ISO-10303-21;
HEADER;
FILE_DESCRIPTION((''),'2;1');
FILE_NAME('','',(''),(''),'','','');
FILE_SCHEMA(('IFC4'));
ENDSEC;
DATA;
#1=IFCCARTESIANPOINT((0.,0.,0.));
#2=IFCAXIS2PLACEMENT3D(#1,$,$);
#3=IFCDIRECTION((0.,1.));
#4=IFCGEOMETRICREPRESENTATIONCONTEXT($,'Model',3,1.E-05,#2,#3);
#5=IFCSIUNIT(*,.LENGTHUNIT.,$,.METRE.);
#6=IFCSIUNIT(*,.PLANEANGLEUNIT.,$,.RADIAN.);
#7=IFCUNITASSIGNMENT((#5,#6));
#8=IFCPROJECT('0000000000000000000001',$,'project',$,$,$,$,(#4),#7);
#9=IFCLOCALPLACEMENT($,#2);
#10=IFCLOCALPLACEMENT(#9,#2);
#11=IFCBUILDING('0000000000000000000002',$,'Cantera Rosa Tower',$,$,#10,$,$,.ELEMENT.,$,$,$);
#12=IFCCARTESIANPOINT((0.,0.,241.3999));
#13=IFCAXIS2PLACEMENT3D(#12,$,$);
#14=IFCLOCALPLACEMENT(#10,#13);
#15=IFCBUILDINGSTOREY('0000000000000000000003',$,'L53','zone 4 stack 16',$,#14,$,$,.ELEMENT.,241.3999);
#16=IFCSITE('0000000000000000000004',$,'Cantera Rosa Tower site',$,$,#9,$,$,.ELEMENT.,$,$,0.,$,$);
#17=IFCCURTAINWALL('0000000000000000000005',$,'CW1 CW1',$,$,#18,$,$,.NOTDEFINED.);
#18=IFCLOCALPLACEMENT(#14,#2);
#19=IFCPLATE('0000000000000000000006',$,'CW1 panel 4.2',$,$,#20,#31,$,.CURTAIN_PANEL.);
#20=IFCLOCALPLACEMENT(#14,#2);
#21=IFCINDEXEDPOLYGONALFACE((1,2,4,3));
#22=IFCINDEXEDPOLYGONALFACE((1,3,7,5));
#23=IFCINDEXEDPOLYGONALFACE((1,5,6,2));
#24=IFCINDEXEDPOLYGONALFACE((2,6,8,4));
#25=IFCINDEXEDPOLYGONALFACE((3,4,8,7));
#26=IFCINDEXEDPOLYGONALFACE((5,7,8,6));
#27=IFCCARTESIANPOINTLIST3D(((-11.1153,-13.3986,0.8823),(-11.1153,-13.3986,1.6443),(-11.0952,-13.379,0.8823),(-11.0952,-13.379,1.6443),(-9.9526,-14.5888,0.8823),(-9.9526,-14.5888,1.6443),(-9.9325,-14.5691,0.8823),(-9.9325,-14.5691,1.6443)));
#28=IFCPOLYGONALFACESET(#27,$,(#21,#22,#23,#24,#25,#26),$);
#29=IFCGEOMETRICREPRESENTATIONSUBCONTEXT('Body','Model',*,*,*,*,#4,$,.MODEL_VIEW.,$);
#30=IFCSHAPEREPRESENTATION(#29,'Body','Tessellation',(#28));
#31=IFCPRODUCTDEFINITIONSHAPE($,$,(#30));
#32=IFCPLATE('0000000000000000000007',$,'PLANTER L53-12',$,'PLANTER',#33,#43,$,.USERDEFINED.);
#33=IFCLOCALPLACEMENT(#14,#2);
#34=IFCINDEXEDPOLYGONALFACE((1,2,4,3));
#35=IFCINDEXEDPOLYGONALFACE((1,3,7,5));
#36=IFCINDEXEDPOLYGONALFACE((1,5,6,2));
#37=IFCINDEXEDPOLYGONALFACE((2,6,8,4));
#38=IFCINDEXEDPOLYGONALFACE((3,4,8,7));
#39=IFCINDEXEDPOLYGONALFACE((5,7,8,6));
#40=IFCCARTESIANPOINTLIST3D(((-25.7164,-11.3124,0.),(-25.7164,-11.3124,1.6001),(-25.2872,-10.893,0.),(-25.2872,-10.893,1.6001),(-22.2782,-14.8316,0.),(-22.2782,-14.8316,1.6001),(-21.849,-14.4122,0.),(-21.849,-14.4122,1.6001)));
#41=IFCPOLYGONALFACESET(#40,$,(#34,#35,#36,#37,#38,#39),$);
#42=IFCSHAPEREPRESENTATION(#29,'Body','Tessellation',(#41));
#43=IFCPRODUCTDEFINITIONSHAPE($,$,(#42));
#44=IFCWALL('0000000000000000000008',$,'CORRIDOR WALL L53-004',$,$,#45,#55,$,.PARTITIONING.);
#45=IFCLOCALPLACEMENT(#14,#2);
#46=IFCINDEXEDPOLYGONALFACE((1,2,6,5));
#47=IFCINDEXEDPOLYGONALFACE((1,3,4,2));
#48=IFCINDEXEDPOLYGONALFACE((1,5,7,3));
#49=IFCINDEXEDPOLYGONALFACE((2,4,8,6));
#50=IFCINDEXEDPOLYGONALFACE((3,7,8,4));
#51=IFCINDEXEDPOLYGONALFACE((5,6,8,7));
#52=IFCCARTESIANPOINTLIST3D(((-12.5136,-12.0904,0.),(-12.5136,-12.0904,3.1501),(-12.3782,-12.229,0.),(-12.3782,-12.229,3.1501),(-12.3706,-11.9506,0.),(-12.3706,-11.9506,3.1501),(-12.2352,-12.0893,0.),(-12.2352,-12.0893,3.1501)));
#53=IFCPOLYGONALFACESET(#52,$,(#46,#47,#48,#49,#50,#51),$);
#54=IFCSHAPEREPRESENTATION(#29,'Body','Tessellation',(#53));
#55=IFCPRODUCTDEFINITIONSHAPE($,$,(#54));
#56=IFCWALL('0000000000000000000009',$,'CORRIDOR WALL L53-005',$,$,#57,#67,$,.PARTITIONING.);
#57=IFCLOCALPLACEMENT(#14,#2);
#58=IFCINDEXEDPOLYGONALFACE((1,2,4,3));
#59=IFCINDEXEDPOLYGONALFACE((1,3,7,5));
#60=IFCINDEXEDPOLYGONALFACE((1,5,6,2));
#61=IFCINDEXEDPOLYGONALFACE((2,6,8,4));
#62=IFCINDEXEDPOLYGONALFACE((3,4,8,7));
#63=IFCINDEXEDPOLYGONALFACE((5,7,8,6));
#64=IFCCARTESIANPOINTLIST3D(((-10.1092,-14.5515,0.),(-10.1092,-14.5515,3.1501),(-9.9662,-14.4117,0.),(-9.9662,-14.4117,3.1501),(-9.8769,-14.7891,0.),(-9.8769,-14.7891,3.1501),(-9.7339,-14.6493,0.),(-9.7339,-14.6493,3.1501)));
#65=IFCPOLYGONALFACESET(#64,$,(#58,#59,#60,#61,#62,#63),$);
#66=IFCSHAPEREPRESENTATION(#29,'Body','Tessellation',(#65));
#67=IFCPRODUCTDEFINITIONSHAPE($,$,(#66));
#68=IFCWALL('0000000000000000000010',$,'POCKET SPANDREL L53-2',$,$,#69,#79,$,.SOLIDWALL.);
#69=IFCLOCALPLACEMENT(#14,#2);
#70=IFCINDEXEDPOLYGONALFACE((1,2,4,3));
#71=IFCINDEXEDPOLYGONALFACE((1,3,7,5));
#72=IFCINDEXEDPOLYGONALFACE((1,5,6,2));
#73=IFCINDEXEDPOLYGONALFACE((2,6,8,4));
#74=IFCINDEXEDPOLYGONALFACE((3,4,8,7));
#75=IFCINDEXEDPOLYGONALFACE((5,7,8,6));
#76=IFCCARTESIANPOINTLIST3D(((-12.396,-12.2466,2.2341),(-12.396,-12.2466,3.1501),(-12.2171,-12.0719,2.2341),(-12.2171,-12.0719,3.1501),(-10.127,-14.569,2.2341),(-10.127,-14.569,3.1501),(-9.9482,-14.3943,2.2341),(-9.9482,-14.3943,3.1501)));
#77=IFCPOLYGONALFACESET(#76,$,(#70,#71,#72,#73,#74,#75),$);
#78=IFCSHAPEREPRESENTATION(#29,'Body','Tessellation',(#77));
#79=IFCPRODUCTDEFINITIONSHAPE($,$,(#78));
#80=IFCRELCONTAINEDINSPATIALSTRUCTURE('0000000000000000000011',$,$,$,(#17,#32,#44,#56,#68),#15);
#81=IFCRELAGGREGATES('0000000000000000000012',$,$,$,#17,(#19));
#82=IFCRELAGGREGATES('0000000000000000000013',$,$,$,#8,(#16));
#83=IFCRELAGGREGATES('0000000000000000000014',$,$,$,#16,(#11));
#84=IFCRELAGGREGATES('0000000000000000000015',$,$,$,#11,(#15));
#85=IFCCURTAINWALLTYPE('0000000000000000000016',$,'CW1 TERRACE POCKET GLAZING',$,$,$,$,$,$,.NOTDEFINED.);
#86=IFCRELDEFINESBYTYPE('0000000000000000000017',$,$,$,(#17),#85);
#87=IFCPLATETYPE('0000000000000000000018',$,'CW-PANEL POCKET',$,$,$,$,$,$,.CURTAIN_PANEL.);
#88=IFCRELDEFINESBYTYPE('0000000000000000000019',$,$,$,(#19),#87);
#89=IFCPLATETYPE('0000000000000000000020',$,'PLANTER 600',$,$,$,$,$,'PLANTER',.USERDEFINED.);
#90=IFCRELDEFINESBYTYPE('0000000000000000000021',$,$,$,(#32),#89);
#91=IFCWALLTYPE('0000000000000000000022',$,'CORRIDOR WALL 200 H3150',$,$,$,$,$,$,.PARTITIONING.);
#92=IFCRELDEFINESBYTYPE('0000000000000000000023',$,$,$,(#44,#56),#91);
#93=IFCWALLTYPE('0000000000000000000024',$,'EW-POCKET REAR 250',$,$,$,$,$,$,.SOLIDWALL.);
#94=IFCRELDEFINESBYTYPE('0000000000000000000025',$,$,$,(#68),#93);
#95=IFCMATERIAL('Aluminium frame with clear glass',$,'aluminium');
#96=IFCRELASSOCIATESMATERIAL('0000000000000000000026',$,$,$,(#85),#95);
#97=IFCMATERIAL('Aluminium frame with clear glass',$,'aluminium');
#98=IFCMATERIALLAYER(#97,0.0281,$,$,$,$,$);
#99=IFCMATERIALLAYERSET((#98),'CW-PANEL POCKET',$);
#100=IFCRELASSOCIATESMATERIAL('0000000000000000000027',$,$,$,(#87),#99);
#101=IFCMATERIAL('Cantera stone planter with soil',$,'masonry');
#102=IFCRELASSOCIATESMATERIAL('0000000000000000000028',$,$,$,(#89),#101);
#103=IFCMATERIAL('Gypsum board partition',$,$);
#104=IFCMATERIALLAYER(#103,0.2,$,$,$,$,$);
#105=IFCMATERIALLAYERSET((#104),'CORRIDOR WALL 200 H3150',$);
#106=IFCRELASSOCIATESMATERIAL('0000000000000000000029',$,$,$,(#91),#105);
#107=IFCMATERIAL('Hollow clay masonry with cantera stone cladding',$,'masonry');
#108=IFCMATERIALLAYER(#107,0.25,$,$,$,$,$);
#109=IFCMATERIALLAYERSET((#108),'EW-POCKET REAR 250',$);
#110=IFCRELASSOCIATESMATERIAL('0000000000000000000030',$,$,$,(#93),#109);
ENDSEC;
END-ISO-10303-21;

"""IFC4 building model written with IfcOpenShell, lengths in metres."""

from ifc_helpers import new_model, si_unit, direction, frame, frame_2d, origin, origin_2d, place, context, subcontext, project, spatial, rectangle, extrude, material, layer, layer_set, type_object, element, aggregate, save


model = new_model("IFC4")

# Units and contexts
model_context = context("Model", 3, precision=1e-05, world=origin(), true_north=direction((0.0, 1.0)))
body_context = subcontext(model_context, "Body", "Model", "MODEL_VIEW")
ifc_project = project(units=[si_unit("LENGTHUNIT", "METRE"), si_unit("PLANEANGLEUNIT", "RADIAN")], contexts=[model_context])

# Site, building, storey
site_placement = place(None, origin())
site = spatial("IfcSite", under=ifc_project, at=site_placement, Name="Cantera Rosa Tower site", CompositionType="ELEMENT", RefElevation=0.0)
building_placement = place(site_placement, origin())
building = spatial("IfcBuilding", under=site, at=building_placement, Name="Cantera Rosa Tower", CompositionType="ELEMENT")
storey_placement = place(building_placement, frame((0.0, 0.0, 241.3999)))
storey = spatial("IfcBuildingStorey", under=building, at=storey_placement, Name="L53", Description="zone 4 stack 16", CompositionType="ELEMENT", Elevation=241.3999)

# Curtain wall
ifc_material_1 = material(Name="Aluminium frame with clear glass", Category="aluminium")
curtain_wall_type = type_object("IfcCurtainWallType", Name="CW1 TERRACE POCKET GLAZING", PredefinedType="NOTDEFINED", material=ifc_material_1)
curtain_wall_placement = place(storey_placement, origin())
curtain_wall = element("IfcCurtainWall", 1, at=curtain_wall_placement, inside=storey, type_object=curtain_wall_type, Name="CW1 CW1", PredefinedType="NOTDEFINED")

# Plates
ifc_material_2 = material(Name="Aluminium frame with clear glass", Category="aluminium")
ifc_layer_1 = layer(ifc_material_2, 0.0281)
ifc_layer_set_1 = layer_set([ifc_layer_1], Name="CW-PANEL POCKET")
plate_type_1 = type_object("IfcPlateType", Name="CW-PANEL POCKET", PredefinedType="CURTAIN_PANEL", material=ifc_layer_set_1)
plate_1_placement = place(storey_placement, frame((-10.5239, -13.9839, 0.8823), z_axis=(0.0, 0.0, 1.0), x_axis=(0.698832, -0.715286, 0.0)))
plate_1 = element("IfcPlate", 2, at=plate_1_placement, type_object=plate_type_1, Name="CW1 panel 4.2", PredefinedType="CURTAIN_PANEL", context=body_context, shape_type="SweptSolid", body=[
    extrude(rectangle(XDim=1.6638, YDim=0.0281, at=origin_2d()), origin(), (0.0, 0.0, 1.0), 0.762),
])
aggregate(curtain_wall, [plate_1])
ifc_material_3 = material(Name="Cantera stone planter with soil", Category="masonry")
plate_type_2 = type_object("IfcPlateType", Name="PLANTER 600", ElementType="PLANTER", PredefinedType="USERDEFINED", material=ifc_material_3)
plate_2_placement = place(storey_placement, frame((-23.7827, -12.8623, 0.0), z_axis=(0.0, 0.0, 1.0), x_axis=(0.698832, -0.715286, 0.0)))
element("IfcPlate", 3, at=plate_2_placement, inside=storey, type_object=plate_type_2, Name="PLANTER L53-12", ObjectType="PLANTER", PredefinedType="USERDEFINED", context=body_context, shape_type="SweptSolid", body=[
    extrude(rectangle(XDim=4.9199, YDim=0.6001, at=origin_2d()), origin(), (0.0, 0.0, 1.0), 1.6001),
])

# Walls
ifc_material_4 = material(Name="Gypsum board partition")
ifc_layer_2 = layer(ifc_material_4, 0.2)
ifc_layer_set_2 = layer_set([ifc_layer_2], Name="CORRIDOR WALL 200 H3150")
wall_type_1 = type_object("IfcWallType", Name="CORRIDOR WALL 200 H3150", PredefinedType="PARTITIONING", material=ifc_layer_set_2)
wall_1_placement = place(storey_placement, frame((-12.4421, -12.0205, 0.0), z_axis=(0.0, 0.0, 1.0), x_axis=(0.698874, -0.715244, 0.0)))
element("IfcWall", 4, at=wall_1_placement, inside=storey, type_object=wall_type_1, Name="CORRIDOR WALL L53-004", PredefinedType="PARTITIONING", context=body_context, shape_type="SweptSolid", body=[
    extrude(rectangle(XDim=0.1938, YDim=0.2, at=frame_2d((0.0969, 0.0))), origin(), (0.0, 0.0, 1.0), 3.1501),
])
wall_2_placement = place(storey_placement, frame((-10.0376, -14.4817, 0.0), z_axis=(0.0, 0.0, 1.0), x_axis=(0.698976, -0.715145, 0.0)))
element("IfcWall", 5, at=wall_2_placement, inside=storey, type_object=wall_type_1, Name="CORRIDOR WALL L53-005", PredefinedType="PARTITIONING", context=body_context, shape_type="SweptSolid", body=[
    extrude(rectangle(XDim=0.3323, YDim=0.2, at=frame_2d((0.166, 0.0))), origin(), (0.0, 0.0, 1.0), 3.1501),
])
ifc_material_5 = material(Name="Hollow clay masonry with cantera stone cladding", Category="masonry")
ifc_layer_3 = layer(ifc_material_5, 0.25)
ifc_layer_set_3 = layer_set([ifc_layer_3], Name="EW-POCKET REAR 250")
wall_type_2 = type_object("IfcWallType", Name="EW-POCKET REAR 250", PredefinedType="SOLIDWALL", material=ifc_layer_set_3)
wall_3_placement = place(storey_placement, frame((-12.3066, -12.1592, 2.2341), z_axis=(0.0, 0.0, 1.0), x_axis=(0.698825, -0.715292, 0.0)))
element("IfcWall", 6, at=wall_3_placement, inside=storey, type_object=wall_type_2, Name="POCKET SPANDREL L53-2", PredefinedType="SOLIDWALL", context=body_context, shape_type="SweptSolid", body=[
    extrude(rectangle(XDim=3.2468, YDim=0.25, at=frame_2d((1.6235, 0.0))), origin(), (0.0, 0.0, 1.0), 0.916),
])

save(model, "model.ifc")
